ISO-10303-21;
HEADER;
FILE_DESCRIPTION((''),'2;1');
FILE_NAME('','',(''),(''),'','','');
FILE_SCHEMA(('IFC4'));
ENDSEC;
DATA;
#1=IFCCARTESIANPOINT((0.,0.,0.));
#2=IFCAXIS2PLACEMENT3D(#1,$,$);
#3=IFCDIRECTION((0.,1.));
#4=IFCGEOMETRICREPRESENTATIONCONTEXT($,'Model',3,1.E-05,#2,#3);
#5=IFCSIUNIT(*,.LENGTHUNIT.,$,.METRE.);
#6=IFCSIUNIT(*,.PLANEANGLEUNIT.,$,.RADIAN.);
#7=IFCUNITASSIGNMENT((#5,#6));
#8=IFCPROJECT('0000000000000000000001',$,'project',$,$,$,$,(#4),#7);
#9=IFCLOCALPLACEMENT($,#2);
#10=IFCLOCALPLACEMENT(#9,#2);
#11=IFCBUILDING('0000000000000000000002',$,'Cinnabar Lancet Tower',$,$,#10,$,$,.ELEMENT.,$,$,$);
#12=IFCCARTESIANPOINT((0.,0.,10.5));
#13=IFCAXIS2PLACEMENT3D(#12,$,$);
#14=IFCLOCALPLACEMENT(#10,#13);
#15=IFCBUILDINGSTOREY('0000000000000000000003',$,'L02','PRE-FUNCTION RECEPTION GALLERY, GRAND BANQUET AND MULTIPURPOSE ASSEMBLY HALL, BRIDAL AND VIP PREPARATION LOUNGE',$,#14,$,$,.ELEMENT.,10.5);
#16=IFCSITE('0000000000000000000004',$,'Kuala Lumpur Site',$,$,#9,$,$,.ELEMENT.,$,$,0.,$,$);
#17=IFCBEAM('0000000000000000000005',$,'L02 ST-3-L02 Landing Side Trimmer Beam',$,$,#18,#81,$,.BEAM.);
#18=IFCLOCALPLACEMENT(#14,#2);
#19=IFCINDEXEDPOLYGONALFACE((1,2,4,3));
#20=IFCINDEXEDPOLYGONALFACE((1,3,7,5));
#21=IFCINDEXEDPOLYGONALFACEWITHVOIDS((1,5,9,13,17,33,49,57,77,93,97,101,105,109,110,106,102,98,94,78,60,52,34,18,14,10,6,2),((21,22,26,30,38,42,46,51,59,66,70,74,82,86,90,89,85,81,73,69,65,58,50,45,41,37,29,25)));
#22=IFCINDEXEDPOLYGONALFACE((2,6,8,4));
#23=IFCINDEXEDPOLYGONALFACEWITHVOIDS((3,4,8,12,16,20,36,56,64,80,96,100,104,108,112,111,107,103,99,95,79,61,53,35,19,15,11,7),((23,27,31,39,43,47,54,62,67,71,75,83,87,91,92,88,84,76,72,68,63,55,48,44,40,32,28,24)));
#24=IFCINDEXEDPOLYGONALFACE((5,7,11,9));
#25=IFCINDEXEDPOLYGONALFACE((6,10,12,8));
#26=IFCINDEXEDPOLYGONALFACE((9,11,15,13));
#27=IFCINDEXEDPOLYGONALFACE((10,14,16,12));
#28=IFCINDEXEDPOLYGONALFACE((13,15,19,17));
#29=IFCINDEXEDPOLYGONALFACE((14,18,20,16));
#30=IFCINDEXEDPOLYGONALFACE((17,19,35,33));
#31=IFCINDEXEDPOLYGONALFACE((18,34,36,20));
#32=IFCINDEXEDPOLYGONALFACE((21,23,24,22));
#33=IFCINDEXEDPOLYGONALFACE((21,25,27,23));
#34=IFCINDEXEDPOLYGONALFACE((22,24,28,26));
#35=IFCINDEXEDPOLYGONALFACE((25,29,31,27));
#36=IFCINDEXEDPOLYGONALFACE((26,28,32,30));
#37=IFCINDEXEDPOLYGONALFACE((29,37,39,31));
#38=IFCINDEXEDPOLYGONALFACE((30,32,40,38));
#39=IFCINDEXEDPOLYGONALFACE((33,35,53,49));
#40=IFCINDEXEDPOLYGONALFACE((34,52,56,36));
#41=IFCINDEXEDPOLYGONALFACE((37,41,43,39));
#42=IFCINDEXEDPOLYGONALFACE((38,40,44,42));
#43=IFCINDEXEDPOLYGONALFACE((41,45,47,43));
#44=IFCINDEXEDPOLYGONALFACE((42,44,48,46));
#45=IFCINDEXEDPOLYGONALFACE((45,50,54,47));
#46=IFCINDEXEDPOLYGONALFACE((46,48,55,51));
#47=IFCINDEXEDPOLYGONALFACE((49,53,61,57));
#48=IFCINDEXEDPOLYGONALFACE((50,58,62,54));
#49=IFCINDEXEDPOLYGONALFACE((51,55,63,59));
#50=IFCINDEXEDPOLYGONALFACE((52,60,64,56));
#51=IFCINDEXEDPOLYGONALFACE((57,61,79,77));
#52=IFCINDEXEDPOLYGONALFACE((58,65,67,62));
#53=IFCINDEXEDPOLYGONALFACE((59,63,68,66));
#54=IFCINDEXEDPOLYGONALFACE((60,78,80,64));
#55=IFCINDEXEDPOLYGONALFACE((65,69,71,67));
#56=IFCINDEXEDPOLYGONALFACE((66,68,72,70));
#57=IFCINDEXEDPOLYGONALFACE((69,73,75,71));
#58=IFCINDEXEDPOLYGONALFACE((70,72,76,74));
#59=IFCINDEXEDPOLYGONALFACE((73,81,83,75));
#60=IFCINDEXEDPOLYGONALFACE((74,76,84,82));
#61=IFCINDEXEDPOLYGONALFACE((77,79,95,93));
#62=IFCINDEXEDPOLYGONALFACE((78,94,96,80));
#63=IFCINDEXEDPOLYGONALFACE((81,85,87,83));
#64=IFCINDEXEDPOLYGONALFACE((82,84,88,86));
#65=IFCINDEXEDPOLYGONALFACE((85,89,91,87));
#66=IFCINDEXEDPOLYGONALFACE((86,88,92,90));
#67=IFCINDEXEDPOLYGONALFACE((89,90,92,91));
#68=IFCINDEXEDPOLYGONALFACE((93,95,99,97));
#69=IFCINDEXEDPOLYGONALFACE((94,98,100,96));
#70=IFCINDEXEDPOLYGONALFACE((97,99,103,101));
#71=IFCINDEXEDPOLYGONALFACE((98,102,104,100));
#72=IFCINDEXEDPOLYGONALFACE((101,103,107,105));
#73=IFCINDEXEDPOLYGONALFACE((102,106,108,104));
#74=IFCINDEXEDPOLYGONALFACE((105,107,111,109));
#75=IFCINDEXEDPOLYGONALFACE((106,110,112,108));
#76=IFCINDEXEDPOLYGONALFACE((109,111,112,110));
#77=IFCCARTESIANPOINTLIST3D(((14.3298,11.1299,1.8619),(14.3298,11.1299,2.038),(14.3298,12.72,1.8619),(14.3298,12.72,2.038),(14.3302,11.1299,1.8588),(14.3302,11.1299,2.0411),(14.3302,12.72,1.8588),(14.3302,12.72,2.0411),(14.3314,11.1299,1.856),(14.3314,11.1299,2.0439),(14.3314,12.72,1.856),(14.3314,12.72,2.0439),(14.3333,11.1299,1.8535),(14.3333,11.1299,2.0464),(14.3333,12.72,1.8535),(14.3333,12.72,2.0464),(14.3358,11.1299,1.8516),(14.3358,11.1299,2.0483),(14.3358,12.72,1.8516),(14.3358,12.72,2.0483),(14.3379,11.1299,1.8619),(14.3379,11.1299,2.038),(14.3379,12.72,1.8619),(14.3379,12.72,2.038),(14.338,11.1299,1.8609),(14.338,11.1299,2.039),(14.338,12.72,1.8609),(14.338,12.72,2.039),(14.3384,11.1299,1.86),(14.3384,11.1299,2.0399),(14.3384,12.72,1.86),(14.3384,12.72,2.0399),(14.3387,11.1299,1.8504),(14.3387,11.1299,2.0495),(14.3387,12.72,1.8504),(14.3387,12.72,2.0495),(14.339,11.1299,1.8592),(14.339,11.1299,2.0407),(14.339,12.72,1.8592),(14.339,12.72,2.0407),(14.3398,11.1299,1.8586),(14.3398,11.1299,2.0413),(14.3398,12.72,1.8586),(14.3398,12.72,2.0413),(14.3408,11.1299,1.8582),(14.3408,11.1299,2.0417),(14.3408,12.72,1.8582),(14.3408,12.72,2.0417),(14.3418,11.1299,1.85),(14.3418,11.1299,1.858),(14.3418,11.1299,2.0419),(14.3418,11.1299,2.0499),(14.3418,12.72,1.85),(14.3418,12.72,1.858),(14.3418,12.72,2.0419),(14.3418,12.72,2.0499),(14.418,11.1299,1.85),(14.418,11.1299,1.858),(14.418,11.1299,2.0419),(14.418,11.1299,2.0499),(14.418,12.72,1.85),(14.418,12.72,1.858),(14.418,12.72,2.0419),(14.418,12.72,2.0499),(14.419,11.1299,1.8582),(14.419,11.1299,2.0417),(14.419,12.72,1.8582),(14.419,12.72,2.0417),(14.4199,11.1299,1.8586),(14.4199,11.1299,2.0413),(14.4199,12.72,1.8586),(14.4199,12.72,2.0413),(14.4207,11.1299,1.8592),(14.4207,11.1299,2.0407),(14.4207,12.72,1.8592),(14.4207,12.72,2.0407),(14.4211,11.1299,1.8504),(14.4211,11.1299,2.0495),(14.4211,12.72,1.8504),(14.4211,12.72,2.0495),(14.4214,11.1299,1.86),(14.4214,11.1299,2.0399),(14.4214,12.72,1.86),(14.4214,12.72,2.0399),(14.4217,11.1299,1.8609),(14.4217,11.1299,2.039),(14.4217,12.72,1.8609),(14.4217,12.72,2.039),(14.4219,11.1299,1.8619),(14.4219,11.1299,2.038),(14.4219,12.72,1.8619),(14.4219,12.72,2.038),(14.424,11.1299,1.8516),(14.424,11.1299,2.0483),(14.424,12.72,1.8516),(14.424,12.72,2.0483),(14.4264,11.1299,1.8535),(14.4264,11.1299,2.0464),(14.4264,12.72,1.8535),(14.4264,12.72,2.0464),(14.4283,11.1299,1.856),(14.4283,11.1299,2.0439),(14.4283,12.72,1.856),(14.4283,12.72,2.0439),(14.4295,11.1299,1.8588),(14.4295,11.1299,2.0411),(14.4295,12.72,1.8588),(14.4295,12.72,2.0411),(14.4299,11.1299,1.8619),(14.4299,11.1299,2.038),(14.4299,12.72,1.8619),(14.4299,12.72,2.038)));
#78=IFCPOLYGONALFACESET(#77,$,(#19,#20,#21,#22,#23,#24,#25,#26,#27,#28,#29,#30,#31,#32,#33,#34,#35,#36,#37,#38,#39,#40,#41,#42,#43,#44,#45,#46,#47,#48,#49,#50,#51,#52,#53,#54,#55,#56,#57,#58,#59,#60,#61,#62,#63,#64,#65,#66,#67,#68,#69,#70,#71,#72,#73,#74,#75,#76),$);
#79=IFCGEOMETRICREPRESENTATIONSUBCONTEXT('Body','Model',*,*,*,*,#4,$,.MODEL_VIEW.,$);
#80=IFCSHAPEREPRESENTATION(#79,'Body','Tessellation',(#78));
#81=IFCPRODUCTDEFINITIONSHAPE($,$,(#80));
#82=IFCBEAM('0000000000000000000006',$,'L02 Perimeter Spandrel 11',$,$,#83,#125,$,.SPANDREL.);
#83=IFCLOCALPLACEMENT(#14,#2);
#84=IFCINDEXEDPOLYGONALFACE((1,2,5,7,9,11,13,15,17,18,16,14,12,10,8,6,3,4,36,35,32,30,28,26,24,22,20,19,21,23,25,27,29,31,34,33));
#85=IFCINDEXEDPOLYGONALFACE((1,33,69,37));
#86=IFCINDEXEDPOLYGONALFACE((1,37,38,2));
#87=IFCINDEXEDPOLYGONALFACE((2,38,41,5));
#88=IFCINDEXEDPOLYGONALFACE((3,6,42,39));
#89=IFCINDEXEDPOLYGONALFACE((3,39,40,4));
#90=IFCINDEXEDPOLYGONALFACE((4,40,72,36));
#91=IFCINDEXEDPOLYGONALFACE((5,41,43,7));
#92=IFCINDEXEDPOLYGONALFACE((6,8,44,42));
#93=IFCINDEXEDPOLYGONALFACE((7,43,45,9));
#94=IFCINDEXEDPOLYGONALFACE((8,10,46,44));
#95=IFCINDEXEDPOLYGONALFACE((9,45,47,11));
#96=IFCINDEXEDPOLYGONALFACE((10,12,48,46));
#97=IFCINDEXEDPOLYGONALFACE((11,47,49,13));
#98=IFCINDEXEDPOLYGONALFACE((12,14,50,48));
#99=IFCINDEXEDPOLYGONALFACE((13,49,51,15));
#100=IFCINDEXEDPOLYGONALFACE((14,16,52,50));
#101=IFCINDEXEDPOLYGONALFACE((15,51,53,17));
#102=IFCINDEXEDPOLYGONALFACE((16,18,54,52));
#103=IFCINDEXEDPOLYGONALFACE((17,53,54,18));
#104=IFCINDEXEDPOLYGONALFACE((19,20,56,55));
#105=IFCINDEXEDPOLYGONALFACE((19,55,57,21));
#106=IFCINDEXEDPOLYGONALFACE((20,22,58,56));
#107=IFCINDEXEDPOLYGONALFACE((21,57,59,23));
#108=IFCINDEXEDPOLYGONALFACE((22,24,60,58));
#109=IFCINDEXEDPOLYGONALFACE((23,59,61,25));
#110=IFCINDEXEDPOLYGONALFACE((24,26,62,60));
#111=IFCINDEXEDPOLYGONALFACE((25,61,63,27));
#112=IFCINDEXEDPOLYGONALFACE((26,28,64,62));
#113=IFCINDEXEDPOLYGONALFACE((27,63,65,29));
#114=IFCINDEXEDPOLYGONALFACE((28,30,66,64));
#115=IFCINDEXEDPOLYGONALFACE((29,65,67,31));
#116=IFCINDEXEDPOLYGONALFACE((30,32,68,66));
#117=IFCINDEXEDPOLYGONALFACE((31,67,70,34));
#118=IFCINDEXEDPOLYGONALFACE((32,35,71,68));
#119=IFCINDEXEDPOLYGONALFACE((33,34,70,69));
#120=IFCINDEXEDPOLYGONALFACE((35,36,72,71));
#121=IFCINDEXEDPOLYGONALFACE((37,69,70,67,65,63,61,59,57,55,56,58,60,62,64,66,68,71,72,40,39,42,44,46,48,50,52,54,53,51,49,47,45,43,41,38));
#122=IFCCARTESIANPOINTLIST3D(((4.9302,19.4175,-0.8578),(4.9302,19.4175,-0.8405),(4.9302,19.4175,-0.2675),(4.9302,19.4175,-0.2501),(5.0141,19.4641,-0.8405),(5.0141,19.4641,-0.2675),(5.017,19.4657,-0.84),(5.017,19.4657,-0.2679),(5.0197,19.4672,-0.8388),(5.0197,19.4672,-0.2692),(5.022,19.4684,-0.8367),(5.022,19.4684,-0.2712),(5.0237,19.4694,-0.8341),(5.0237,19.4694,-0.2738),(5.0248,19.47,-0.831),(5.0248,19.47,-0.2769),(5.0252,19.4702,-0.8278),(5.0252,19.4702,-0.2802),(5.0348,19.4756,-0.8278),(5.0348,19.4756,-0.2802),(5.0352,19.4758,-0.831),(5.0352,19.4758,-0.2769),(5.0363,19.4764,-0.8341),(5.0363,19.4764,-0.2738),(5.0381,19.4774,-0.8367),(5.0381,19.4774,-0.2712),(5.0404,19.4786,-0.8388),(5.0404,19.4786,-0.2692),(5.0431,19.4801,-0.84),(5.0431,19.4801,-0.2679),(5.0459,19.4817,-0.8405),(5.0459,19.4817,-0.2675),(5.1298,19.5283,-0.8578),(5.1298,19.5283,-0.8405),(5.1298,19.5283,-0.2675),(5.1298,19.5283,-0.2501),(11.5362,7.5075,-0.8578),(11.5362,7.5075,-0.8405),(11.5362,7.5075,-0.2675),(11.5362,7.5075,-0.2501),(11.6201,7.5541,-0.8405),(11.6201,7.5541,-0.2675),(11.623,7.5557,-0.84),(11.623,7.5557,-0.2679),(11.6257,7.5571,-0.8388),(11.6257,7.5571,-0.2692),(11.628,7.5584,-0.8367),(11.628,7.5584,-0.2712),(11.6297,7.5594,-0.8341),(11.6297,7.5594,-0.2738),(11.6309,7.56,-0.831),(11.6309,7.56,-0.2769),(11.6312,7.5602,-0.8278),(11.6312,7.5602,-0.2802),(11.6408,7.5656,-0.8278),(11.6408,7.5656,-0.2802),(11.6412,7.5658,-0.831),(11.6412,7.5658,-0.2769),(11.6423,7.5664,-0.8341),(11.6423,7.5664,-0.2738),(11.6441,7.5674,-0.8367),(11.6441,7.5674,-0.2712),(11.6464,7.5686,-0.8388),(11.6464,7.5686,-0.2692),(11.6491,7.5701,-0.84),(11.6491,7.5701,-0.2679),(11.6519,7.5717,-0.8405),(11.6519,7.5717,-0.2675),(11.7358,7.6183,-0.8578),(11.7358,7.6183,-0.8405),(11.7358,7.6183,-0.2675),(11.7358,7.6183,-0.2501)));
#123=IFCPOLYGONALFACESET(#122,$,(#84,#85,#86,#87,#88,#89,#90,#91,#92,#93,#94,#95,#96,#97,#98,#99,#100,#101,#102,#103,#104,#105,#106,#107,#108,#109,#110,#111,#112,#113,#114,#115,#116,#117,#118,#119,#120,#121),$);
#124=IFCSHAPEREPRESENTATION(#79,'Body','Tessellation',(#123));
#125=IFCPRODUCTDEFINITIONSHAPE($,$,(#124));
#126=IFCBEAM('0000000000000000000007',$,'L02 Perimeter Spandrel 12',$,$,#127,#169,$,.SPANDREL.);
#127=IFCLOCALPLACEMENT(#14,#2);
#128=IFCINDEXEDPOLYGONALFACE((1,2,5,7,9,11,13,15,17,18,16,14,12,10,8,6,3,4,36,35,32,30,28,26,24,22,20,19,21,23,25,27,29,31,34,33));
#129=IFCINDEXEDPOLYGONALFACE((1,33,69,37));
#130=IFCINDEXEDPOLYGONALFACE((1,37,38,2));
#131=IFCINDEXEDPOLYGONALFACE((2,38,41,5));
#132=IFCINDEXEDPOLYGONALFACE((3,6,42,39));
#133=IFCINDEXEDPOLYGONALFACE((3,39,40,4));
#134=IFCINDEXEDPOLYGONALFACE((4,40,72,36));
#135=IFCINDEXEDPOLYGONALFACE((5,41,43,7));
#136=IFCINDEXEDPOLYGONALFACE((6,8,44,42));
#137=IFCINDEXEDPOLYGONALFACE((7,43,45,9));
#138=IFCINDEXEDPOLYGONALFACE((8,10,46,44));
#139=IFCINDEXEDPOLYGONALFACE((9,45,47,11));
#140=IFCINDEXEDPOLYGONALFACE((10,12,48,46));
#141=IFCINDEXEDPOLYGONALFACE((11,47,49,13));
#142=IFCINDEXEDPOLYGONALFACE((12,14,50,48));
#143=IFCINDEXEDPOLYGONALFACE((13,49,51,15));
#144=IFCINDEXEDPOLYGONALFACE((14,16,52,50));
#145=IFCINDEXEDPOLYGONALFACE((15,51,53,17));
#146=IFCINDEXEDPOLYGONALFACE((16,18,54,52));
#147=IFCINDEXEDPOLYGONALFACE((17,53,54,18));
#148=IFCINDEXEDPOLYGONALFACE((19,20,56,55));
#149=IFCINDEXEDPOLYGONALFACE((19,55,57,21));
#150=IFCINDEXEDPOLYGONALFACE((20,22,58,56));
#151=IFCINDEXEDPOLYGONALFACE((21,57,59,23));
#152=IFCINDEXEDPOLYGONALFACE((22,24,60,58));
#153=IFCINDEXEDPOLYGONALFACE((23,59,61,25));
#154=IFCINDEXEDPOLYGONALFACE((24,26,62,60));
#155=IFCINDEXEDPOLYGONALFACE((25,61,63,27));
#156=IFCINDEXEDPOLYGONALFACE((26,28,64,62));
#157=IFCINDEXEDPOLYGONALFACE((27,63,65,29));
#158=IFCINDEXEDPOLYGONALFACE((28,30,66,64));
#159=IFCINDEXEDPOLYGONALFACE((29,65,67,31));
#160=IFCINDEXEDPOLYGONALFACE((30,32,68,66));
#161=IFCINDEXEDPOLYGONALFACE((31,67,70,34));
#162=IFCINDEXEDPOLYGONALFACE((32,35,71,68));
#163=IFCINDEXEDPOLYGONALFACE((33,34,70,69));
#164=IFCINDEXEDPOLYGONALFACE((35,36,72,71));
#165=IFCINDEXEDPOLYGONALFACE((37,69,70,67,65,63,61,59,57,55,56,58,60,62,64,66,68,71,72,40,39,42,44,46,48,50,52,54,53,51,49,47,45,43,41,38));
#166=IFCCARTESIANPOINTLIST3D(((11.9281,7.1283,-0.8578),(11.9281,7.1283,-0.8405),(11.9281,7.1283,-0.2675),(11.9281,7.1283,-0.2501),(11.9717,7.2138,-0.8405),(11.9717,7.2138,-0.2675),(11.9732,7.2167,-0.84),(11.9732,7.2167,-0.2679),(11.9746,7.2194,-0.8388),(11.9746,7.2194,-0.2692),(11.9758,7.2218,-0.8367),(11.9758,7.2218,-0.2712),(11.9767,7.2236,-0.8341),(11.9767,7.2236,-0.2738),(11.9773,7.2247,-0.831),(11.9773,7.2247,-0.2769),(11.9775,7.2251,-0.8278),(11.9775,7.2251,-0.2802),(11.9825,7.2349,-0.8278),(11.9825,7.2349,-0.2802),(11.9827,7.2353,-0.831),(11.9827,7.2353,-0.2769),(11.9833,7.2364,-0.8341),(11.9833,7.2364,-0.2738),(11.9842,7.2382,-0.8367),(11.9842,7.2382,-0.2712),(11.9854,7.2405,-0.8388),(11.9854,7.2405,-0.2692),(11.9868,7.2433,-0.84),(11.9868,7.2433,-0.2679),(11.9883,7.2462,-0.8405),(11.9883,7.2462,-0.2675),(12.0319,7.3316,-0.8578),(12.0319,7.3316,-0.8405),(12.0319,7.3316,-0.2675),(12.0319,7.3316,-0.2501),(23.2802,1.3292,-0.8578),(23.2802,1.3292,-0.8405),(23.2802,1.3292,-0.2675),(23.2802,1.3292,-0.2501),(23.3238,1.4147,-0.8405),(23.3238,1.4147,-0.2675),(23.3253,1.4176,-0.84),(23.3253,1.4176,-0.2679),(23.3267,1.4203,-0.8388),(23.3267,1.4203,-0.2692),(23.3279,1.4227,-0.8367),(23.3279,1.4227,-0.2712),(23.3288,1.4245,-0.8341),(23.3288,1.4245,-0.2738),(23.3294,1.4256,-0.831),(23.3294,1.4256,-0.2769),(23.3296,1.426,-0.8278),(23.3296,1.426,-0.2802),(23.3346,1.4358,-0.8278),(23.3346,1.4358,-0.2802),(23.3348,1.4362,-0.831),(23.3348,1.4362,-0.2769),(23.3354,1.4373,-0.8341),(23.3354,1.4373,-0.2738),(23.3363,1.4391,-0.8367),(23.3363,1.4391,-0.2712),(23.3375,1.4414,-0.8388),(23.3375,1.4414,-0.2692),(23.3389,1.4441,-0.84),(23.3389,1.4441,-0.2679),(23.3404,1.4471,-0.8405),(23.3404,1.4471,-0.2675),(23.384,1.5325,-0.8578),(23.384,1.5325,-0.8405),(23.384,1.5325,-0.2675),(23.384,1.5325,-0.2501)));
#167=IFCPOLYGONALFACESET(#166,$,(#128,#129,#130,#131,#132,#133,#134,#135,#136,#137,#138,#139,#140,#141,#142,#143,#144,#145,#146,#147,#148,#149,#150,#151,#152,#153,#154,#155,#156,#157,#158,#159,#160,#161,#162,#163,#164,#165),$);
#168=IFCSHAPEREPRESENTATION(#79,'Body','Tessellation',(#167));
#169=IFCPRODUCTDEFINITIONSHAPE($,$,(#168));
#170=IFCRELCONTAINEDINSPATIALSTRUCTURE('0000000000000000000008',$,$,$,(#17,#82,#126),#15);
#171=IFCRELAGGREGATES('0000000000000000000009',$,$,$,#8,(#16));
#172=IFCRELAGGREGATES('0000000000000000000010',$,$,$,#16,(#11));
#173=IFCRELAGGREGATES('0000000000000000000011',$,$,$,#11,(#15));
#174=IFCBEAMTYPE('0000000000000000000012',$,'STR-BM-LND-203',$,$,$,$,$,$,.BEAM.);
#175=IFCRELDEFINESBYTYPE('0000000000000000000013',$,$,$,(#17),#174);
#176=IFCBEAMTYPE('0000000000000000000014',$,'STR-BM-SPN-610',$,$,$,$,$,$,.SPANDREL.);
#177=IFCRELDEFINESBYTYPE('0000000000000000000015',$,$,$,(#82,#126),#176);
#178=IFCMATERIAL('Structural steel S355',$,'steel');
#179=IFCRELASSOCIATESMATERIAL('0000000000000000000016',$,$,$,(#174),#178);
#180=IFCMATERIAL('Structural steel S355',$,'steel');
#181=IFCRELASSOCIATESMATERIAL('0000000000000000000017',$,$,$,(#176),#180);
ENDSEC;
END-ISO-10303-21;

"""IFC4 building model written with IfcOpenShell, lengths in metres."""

from ifc_helpers import new_model, si_unit, direction, frame, origin, origin_2d, place, context, subcontext, project, spatial, hollow_rectangle, i_section, extrude, material, material_profile, profile_set, type_object, element, save


model = new_model("IFC4")

# Units and contexts
model_context = context("Model", 3, precision=1e-05, world=origin(), true_north=direction((0.0, 1.0)))
body_context = subcontext(model_context, "Body", "Model", "MODEL_VIEW")
ifc_project = project(units=[si_unit("LENGTHUNIT", "METRE"), si_unit("PLANEANGLEUNIT", "RADIAN")], contexts=[model_context])

# Site, building, storey
site_placement = place(None, origin())
site = spatial("IfcSite", under=ifc_project, at=site_placement, Name="Kuala Lumpur Site", CompositionType="ELEMENT", RefElevation=0.0)
building_placement = place(site_placement, origin())
building = spatial("IfcBuilding", under=site, at=building_placement, Name="Cinnabar Lancet Tower", CompositionType="ELEMENT")
storey_placement = place(building_placement, frame((0.0, 0.0, 10.5)))
storey = spatial("IfcBuildingStorey", under=building, at=storey_placement, Name="L02", Description="PRE-FUNCTION RECEPTION GALLERY, GRAND BANQUET AND MULTIPURPOSE ASSEMBLY HALL, BRIDAL AND VIP PREPARATION LOUNGE", CompositionType="ELEMENT", Elevation=10.5)

# Beams
ifc_material_1 = material(Name="Structural steel S355", Category="steel")
ifc_material_profile_1 = material_profile(ifc_material_1, hollow_rectangle(XDim=0.1001, YDim=0.2, WallThickness=0.0081, InnerFilletRadius=0.0039, OuterFilletRadius=0.012, at=origin_2d()), Name="RHS 200x100x8")
ifc_profile_set_1 = profile_set([ifc_material_profile_1], Name="Structural steel S355")
beam_type_1 = type_object("IfcBeamType", Name="STR-BM-LND-203", PredefinedType="BEAM", material=ifc_profile_set_1)
beam_1_placement = place(storey_placement, frame((14.3799, 11.1299, 1.95), z_axis=(0.0, 1.0, 0.0), x_axis=(-1.0, 0.0, 0.0)))
element("IfcBeam", 1, at=beam_1_placement, inside=storey, type_object=beam_type_1, Name="L02 ST-3-L02 Landing Side Trimmer Beam", PredefinedType="BEAM", context=body_context, shape_type="SweptSolid", body=[
    extrude(hollow_rectangle(XDim=0.1001, YDim=0.2, WallThickness=0.0081, InnerFilletRadius=0.0039, OuterFilletRadius=0.012, at=origin_2d()), origin(), (0.0, 0.0, 1.0), 1.5901),
])
ifc_material_2 = material(Name="Structural steel S355", Category="steel")
ifc_material_profile_2 = material_profile(ifc_material_2, i_section(OverallWidth=0.2283, OverallDepth=0.6077, WebThickness=0.011, FlangeThickness=0.0173, FilletRadius=0.0127, at=origin_2d()), Name="UKB 610x229x113")
ifc_profile_set_2 = profile_set([ifc_material_profile_2], Name="Structural steel S355")
beam_type_2 = type_object("IfcBeamType", Name="STR-BM-SPN-610", PredefinedType="SPANDREL", material=ifc_profile_set_2)
beam_2_placement = place(storey_placement, frame((5.03, 19.4729, -0.554), z_axis=(0.485045, -0.874489, 0.0), x_axis=(0.874489, 0.485045, 0.0)))
element("IfcBeam", 2, at=beam_2_placement, inside=storey, type_object=beam_type_2, Name="L02 Perimeter Spandrel 11", PredefinedType="SPANDREL", context=body_context, shape_type="SweptSolid", body=[
    extrude(i_section(OverallWidth=0.2283, OverallDepth=0.6077, WebThickness=0.011, FlangeThickness=0.0173, FilletRadius=0.0127, at=origin_2d()), origin(), (0.0, 0.0, 1.0), 13.6194),
])
beam_3_placement = place(storey_placement, frame((11.98, 7.23, -0.554), z_axis=(0.890533, -0.454919, 0.0), x_axis=(0.454919, 0.890533, 0.0)))
element("IfcBeam", 3, at=beam_3_placement, inside=storey, type_object=beam_type_2, Name="L02 Perimeter Spandrel 12", PredefinedType="SPANDREL", context=body_context, shape_type="SweptSolid", body=[
    extrude(i_section(OverallWidth=0.2283, OverallDepth=0.6077, WebThickness=0.011, FlangeThickness=0.0173, FilletRadius=0.0127, at=origin_2d()), origin(), (0.0, 0.0, 1.0), 12.7476),
])

save(model, "model.ifc")
